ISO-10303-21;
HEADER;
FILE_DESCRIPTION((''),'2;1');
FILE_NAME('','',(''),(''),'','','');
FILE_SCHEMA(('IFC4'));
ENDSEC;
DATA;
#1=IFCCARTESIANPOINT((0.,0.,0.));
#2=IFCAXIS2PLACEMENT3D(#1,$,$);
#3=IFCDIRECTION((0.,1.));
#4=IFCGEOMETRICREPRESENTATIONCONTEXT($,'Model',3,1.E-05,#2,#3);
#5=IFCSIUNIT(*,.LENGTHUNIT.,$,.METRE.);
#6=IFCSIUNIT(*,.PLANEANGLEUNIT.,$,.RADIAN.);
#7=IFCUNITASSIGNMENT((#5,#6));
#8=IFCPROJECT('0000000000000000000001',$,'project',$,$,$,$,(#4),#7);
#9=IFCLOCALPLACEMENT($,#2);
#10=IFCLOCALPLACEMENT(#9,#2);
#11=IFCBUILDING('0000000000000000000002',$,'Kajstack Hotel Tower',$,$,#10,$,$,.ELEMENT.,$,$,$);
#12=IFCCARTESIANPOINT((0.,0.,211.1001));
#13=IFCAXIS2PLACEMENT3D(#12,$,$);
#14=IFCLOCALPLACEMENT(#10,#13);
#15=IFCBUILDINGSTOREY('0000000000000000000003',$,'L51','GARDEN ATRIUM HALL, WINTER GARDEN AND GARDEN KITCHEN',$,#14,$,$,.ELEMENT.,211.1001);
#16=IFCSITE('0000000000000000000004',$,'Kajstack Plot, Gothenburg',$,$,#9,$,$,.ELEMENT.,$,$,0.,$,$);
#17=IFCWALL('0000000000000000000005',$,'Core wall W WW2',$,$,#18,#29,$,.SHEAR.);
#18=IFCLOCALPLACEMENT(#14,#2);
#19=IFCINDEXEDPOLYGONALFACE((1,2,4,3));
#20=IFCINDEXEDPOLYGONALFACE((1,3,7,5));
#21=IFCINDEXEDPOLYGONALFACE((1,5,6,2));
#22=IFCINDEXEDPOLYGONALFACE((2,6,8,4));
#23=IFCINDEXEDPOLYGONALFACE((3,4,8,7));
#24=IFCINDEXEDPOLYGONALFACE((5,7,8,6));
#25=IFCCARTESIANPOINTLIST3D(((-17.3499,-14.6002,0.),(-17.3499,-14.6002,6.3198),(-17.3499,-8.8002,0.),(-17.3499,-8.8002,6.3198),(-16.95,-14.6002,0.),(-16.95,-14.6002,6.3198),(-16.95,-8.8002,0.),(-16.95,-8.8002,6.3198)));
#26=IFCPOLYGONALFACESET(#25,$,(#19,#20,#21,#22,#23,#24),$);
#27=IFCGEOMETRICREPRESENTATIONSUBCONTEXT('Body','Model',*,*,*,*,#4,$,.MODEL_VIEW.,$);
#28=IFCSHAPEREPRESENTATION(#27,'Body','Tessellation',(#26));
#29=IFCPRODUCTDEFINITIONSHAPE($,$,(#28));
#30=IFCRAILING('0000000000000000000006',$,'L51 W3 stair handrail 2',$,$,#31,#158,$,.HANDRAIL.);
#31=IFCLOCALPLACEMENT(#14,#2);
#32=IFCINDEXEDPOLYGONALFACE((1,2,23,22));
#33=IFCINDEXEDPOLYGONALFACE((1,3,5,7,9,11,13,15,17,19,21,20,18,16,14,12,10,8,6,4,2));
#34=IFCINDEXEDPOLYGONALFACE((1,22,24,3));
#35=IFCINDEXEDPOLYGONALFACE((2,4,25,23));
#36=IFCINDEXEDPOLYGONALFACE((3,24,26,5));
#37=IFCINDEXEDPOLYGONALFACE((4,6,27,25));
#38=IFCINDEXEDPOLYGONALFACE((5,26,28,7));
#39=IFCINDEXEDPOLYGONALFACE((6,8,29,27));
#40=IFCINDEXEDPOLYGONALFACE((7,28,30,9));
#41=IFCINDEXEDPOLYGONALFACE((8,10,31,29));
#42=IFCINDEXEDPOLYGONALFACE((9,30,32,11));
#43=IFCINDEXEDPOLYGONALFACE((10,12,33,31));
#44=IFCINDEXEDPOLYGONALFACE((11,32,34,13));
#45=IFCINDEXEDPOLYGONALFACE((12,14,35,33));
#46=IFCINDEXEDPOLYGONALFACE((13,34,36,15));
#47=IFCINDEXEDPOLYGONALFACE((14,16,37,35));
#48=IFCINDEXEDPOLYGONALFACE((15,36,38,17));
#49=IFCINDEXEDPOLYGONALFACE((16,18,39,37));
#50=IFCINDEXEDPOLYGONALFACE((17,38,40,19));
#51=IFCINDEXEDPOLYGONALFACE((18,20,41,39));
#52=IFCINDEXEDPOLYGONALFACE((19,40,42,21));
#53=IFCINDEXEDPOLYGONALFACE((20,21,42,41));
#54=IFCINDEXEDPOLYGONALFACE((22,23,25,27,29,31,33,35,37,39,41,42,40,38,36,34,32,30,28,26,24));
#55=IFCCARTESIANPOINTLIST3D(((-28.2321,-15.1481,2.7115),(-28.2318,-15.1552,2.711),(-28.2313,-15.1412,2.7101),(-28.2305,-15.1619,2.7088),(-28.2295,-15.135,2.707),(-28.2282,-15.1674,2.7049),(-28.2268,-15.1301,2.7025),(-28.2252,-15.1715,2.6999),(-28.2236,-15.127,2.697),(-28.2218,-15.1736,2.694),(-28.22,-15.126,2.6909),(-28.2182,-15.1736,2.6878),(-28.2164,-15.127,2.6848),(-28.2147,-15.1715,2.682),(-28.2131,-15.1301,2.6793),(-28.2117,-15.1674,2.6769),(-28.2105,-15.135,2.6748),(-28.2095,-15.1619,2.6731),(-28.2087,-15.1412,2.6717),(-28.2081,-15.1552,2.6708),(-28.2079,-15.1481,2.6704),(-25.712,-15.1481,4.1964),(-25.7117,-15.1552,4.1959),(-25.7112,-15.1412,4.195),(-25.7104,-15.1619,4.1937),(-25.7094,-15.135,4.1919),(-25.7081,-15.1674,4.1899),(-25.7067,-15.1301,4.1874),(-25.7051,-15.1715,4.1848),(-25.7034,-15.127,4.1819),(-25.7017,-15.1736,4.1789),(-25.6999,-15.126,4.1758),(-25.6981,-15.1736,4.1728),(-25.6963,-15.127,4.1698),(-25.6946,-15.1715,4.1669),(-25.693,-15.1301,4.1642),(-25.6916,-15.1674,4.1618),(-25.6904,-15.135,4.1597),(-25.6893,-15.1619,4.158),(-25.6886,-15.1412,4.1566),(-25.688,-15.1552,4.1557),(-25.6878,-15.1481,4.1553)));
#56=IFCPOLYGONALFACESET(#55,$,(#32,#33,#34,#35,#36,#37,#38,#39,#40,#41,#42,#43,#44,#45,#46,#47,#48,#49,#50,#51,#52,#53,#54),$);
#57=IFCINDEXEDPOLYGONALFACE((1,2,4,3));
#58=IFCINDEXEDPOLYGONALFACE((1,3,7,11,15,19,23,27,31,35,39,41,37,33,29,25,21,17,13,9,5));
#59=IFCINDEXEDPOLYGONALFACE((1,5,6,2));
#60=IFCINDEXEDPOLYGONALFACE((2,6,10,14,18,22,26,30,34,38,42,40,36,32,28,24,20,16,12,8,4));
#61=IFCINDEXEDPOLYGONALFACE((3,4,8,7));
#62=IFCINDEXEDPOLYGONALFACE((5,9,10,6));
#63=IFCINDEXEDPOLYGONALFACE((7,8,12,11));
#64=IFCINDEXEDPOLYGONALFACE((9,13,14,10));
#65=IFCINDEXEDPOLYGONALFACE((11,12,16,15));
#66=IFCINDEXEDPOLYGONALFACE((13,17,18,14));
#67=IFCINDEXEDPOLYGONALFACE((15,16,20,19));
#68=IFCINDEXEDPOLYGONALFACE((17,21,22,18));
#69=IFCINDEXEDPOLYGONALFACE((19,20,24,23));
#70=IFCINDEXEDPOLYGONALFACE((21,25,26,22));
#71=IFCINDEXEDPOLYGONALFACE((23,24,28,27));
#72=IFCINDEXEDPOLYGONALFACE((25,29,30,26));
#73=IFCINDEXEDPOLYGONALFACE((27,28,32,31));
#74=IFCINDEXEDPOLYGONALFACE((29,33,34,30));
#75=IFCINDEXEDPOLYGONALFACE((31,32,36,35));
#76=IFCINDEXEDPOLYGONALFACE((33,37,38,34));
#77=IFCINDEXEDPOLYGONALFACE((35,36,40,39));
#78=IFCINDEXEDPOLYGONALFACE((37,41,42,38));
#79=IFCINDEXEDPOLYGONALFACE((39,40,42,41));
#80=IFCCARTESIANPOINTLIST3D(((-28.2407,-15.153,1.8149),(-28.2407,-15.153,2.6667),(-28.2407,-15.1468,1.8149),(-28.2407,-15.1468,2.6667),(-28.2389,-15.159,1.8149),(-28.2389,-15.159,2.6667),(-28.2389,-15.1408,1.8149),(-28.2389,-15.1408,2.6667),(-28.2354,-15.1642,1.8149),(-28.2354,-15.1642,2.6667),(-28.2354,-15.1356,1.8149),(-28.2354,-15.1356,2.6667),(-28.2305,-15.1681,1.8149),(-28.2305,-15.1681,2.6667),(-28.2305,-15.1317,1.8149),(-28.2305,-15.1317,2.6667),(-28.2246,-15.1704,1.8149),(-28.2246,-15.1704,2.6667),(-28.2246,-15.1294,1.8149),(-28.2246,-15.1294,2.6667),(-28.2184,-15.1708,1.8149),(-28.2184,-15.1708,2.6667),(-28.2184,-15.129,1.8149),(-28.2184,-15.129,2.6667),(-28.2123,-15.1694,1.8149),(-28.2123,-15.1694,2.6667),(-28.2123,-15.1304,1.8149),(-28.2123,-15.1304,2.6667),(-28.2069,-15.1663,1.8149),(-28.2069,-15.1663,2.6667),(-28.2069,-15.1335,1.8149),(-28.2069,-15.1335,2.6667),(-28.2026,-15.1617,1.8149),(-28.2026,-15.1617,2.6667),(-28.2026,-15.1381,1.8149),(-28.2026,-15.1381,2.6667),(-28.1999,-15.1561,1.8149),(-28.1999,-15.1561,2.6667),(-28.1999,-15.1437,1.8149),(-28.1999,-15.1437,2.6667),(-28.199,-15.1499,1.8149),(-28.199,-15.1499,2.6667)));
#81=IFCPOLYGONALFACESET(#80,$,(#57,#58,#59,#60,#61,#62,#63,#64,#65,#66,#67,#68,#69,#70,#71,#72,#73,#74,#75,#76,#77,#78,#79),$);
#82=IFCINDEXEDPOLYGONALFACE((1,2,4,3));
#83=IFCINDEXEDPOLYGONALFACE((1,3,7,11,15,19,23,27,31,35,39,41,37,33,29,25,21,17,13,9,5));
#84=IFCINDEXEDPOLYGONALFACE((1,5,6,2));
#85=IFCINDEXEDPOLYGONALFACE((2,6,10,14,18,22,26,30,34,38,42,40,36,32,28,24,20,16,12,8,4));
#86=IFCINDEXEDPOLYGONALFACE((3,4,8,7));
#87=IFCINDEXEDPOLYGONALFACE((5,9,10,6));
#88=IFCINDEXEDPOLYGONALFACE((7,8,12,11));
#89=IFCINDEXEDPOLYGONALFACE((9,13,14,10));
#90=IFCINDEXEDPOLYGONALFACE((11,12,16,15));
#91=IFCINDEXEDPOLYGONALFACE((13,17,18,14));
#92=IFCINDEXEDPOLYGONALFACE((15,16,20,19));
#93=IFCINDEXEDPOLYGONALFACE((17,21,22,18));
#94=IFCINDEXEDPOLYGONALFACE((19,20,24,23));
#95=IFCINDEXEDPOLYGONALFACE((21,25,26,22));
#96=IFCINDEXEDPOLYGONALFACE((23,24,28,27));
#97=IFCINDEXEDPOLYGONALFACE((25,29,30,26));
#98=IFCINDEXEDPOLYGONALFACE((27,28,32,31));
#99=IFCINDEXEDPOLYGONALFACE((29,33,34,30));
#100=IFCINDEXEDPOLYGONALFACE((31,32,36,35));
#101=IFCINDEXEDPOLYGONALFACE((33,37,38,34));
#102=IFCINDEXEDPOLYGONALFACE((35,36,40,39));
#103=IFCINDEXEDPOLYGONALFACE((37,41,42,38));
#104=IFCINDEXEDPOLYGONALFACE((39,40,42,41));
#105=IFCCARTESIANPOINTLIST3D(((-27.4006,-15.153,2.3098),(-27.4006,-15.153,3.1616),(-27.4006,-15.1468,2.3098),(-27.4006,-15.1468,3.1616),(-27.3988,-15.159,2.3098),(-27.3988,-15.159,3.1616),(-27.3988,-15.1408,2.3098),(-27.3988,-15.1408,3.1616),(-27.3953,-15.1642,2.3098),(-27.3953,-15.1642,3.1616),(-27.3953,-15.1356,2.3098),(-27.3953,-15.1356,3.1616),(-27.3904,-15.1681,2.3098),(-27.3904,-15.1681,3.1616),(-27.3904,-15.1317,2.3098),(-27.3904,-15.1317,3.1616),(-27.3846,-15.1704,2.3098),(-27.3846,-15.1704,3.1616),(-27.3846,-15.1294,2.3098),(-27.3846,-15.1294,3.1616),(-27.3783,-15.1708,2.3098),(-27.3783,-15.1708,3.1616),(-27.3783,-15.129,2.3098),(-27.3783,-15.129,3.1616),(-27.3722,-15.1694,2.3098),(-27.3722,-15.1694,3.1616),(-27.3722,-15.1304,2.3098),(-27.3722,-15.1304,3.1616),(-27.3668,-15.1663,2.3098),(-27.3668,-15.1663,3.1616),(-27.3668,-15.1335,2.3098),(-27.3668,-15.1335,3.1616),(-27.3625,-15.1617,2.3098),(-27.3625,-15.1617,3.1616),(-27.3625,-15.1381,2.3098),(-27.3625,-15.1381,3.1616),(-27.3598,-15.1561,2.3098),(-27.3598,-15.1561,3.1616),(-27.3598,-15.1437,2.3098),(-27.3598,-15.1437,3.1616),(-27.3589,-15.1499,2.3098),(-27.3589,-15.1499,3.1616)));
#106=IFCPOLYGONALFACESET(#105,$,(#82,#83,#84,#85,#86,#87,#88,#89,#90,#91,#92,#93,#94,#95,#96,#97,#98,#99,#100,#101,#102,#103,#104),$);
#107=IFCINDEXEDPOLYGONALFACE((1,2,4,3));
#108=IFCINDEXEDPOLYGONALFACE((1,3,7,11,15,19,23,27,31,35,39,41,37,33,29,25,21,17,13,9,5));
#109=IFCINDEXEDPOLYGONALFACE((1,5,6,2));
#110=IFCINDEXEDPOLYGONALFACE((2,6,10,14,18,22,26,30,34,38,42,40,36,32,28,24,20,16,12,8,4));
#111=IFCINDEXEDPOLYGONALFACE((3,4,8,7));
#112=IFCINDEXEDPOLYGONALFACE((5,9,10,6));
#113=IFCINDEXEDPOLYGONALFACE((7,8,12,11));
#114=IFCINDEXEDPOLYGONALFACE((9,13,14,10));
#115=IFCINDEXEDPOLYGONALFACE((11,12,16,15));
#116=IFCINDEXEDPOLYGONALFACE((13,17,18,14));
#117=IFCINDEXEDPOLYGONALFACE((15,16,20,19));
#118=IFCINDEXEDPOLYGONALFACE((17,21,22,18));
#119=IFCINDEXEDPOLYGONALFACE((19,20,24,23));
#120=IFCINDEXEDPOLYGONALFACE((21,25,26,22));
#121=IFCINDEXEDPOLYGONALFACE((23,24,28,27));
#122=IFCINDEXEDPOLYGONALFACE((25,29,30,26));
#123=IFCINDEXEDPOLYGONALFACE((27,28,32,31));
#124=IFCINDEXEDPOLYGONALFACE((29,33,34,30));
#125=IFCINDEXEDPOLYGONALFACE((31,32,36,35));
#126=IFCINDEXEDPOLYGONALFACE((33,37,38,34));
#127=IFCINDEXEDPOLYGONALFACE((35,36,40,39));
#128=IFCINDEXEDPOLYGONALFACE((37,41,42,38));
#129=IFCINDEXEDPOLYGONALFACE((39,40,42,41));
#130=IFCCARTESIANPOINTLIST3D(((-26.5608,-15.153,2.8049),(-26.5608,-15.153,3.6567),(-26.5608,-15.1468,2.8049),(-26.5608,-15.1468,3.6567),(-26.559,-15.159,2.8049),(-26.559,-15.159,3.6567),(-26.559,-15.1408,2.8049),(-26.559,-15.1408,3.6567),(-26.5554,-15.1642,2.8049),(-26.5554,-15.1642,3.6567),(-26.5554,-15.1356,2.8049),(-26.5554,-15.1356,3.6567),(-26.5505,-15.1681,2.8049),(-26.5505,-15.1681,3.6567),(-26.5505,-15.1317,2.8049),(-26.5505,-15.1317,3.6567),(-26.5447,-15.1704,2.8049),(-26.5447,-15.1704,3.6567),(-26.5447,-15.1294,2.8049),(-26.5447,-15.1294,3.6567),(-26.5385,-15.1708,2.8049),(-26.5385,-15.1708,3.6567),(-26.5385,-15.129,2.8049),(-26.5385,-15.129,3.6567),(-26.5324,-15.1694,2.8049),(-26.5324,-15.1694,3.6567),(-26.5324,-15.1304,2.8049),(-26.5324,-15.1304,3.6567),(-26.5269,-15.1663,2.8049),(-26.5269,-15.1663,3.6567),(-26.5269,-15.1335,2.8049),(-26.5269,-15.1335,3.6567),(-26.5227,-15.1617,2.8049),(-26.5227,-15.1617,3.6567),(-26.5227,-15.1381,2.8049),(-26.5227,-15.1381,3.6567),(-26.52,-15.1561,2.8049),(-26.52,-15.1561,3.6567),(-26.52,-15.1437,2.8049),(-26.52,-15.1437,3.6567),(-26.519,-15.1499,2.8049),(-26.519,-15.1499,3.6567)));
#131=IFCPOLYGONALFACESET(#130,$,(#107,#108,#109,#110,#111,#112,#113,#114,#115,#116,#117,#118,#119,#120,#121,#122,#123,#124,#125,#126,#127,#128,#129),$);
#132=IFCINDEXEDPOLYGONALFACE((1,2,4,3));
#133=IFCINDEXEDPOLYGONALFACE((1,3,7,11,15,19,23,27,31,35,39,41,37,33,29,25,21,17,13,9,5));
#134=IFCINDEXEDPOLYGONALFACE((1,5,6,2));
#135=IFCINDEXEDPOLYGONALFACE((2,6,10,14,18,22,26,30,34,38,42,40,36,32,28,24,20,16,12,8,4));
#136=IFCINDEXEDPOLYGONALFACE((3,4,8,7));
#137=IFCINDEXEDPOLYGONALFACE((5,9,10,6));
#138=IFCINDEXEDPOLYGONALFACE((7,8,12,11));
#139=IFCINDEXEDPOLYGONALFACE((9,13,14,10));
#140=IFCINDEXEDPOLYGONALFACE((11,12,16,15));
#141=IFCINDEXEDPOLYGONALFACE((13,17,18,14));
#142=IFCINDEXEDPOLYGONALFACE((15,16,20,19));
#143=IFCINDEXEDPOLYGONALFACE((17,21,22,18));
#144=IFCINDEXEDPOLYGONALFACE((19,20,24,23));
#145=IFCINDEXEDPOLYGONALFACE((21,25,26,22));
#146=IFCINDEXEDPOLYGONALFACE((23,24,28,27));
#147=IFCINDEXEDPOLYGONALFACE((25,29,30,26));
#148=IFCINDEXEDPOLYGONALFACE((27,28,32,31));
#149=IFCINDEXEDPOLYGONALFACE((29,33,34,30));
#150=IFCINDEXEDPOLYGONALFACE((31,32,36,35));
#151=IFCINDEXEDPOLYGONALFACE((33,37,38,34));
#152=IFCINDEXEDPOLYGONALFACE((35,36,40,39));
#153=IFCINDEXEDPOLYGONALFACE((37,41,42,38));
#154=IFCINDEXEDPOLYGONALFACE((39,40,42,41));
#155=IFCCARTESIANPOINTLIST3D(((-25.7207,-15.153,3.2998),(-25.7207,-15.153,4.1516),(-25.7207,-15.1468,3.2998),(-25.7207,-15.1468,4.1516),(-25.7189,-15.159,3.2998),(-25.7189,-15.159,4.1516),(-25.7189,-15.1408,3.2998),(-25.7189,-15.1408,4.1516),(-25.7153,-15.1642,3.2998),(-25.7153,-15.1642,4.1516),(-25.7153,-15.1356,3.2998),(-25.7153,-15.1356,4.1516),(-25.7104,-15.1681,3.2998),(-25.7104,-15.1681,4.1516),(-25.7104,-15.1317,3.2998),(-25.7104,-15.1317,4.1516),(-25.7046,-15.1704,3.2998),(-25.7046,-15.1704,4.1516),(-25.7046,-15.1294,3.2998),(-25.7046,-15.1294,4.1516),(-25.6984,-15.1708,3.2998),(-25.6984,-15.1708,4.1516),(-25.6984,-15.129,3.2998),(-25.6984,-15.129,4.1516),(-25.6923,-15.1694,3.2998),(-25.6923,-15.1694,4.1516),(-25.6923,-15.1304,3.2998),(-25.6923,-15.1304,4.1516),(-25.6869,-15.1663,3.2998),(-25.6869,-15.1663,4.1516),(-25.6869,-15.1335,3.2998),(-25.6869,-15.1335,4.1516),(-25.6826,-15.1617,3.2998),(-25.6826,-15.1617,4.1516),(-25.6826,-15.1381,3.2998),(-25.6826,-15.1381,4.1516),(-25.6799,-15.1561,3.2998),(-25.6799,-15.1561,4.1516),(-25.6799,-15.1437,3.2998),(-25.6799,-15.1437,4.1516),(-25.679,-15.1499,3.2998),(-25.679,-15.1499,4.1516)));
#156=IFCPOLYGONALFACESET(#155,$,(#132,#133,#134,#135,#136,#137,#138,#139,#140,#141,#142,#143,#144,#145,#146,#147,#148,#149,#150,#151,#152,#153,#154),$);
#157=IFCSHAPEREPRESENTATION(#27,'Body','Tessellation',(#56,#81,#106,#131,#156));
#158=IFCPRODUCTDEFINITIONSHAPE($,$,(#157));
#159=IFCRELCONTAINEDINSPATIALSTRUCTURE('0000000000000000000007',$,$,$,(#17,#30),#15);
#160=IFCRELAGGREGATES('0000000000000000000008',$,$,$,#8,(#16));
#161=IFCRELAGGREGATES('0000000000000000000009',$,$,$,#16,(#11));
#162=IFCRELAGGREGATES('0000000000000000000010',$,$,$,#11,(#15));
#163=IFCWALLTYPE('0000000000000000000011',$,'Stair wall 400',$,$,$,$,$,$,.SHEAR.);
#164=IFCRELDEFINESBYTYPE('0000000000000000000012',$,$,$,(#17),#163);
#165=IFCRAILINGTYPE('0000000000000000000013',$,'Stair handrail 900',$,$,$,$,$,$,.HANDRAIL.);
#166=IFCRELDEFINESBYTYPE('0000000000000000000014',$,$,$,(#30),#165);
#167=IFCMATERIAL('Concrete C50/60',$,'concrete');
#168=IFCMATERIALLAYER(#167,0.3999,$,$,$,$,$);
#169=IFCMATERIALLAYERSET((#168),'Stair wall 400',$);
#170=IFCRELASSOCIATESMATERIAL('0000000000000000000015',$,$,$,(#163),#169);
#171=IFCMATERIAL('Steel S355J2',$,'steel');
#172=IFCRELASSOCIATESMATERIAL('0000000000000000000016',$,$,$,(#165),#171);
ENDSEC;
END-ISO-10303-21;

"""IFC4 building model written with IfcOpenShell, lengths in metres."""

from ifc_helpers import new_model, si_unit, direction, frame, frame_2d, origin, origin_2d, place, context, subcontext, project, spatial, rectangle, circle, extrude, material, layer, layer_set, type_object, element, save


model = new_model("IFC4")

# Units and contexts
model_context = context("Model", 3, precision=1e-05, world=origin(), true_north=direction((0.0, 1.0)))
body_context = subcontext(model_context, "Body", "Model", "MODEL_VIEW")
ifc_project = project(units=[si_unit("LENGTHUNIT", "METRE"), si_unit("PLANEANGLEUNIT", "RADIAN")], contexts=[model_context])

# Site, building, storey
site_placement = place(None, origin())
site = spatial("IfcSite", under=ifc_project, at=site_placement, Name="Kajstack Plot, Gothenburg", CompositionType="ELEMENT", RefElevation=0.0)
building_placement = place(site_placement, origin())
building = spatial("IfcBuilding", under=site, at=building_placement, Name="Kajstack Hotel Tower", CompositionType="ELEMENT")
storey_placement = place(building_placement, frame((0.0, 0.0, 211.1001)))
storey = spatial("IfcBuildingStorey", under=building, at=storey_placement, Name="L51", Description="GARDEN ATRIUM HALL, WINTER GARDEN AND GARDEN KITCHEN", CompositionType="ELEMENT", Elevation=211.1001)

# Wall
ifc_material_1 = material(Name="Concrete C50/60", Category="concrete")
ifc_layer_1 = layer(ifc_material_1, 0.3999)
ifc_layer_set_1 = layer_set([ifc_layer_1], Name="Stair wall 400")
wall_type_1 = type_object("IfcWallType", Name="Stair wall 400", PredefinedType="SHEAR", material=ifc_layer_set_1)
wall_1_placement = place(storey_placement, frame((-17.1499, -14.6001, 0.0), z_axis=(0.0, 0.0, 1.0), x_axis=(0.0, 1.0, 0.0)))
element("IfcWall", 1, at=wall_1_placement, inside=storey, type_object=wall_type_1, Name="Core wall W WW2", PredefinedType="SHEAR", context=body_context, shape_type="SweptSolid", body=[
    extrude(rectangle(XDim=5.8, YDim=0.3999, at=frame_2d((2.8999, 0.0))), origin(), (0.0, 0.0, 1.0), 6.3198),
])

# Railing
ifc_material_2 = material(Name="Steel S355J2", Category="steel")
railing_type_1 = type_object("IfcRailingType", Name="Stair handrail 900", PredefinedType="HANDRAIL", material=ifc_material_2)
for number, where, name in (
    (2, (-28.22, -15.1499, 1.8149), "L51 W3 stair handrail 2"),
):
    element("IfcRailing", number, at=place(storey_placement, frame(where)), inside=storey, type_object=railing_type_1, Name=name, PredefinedType="HANDRAIL", context=body_context, shape_type="SweptSolid", body=[
        extrude(circle(Radius=0.0239, at=origin_2d()), frame((0.0, 0.0, 0.876), z_axis=(0.861561, 0.0, 0.507655), x_axis=(0.0, 1.0, 0.0)), (0.0, 0.0, 1.0), 2.925),
        extrude(circle(Radius=0.021, at=origin_2d()), origin(), (0.0, 0.0, 1.0), 0.8518),
        extrude(circle(Radius=0.021, at=origin_2d()), frame((0.8401, 0.0, 0.4949)), (0.0, 0.0, 1.0), 0.8518),
        extrude(circle(Radius=0.021, at=origin_2d()), frame((1.6799, 0.0, 0.99)), (0.0, 0.0, 1.0), 0.8518),
        extrude(circle(Radius=0.021, at=origin_2d()), frame((2.52, 0.0, 1.4849)), (0.0, 0.0, 1.0), 0.8518),
    ])

save(model, "model.ifc")
